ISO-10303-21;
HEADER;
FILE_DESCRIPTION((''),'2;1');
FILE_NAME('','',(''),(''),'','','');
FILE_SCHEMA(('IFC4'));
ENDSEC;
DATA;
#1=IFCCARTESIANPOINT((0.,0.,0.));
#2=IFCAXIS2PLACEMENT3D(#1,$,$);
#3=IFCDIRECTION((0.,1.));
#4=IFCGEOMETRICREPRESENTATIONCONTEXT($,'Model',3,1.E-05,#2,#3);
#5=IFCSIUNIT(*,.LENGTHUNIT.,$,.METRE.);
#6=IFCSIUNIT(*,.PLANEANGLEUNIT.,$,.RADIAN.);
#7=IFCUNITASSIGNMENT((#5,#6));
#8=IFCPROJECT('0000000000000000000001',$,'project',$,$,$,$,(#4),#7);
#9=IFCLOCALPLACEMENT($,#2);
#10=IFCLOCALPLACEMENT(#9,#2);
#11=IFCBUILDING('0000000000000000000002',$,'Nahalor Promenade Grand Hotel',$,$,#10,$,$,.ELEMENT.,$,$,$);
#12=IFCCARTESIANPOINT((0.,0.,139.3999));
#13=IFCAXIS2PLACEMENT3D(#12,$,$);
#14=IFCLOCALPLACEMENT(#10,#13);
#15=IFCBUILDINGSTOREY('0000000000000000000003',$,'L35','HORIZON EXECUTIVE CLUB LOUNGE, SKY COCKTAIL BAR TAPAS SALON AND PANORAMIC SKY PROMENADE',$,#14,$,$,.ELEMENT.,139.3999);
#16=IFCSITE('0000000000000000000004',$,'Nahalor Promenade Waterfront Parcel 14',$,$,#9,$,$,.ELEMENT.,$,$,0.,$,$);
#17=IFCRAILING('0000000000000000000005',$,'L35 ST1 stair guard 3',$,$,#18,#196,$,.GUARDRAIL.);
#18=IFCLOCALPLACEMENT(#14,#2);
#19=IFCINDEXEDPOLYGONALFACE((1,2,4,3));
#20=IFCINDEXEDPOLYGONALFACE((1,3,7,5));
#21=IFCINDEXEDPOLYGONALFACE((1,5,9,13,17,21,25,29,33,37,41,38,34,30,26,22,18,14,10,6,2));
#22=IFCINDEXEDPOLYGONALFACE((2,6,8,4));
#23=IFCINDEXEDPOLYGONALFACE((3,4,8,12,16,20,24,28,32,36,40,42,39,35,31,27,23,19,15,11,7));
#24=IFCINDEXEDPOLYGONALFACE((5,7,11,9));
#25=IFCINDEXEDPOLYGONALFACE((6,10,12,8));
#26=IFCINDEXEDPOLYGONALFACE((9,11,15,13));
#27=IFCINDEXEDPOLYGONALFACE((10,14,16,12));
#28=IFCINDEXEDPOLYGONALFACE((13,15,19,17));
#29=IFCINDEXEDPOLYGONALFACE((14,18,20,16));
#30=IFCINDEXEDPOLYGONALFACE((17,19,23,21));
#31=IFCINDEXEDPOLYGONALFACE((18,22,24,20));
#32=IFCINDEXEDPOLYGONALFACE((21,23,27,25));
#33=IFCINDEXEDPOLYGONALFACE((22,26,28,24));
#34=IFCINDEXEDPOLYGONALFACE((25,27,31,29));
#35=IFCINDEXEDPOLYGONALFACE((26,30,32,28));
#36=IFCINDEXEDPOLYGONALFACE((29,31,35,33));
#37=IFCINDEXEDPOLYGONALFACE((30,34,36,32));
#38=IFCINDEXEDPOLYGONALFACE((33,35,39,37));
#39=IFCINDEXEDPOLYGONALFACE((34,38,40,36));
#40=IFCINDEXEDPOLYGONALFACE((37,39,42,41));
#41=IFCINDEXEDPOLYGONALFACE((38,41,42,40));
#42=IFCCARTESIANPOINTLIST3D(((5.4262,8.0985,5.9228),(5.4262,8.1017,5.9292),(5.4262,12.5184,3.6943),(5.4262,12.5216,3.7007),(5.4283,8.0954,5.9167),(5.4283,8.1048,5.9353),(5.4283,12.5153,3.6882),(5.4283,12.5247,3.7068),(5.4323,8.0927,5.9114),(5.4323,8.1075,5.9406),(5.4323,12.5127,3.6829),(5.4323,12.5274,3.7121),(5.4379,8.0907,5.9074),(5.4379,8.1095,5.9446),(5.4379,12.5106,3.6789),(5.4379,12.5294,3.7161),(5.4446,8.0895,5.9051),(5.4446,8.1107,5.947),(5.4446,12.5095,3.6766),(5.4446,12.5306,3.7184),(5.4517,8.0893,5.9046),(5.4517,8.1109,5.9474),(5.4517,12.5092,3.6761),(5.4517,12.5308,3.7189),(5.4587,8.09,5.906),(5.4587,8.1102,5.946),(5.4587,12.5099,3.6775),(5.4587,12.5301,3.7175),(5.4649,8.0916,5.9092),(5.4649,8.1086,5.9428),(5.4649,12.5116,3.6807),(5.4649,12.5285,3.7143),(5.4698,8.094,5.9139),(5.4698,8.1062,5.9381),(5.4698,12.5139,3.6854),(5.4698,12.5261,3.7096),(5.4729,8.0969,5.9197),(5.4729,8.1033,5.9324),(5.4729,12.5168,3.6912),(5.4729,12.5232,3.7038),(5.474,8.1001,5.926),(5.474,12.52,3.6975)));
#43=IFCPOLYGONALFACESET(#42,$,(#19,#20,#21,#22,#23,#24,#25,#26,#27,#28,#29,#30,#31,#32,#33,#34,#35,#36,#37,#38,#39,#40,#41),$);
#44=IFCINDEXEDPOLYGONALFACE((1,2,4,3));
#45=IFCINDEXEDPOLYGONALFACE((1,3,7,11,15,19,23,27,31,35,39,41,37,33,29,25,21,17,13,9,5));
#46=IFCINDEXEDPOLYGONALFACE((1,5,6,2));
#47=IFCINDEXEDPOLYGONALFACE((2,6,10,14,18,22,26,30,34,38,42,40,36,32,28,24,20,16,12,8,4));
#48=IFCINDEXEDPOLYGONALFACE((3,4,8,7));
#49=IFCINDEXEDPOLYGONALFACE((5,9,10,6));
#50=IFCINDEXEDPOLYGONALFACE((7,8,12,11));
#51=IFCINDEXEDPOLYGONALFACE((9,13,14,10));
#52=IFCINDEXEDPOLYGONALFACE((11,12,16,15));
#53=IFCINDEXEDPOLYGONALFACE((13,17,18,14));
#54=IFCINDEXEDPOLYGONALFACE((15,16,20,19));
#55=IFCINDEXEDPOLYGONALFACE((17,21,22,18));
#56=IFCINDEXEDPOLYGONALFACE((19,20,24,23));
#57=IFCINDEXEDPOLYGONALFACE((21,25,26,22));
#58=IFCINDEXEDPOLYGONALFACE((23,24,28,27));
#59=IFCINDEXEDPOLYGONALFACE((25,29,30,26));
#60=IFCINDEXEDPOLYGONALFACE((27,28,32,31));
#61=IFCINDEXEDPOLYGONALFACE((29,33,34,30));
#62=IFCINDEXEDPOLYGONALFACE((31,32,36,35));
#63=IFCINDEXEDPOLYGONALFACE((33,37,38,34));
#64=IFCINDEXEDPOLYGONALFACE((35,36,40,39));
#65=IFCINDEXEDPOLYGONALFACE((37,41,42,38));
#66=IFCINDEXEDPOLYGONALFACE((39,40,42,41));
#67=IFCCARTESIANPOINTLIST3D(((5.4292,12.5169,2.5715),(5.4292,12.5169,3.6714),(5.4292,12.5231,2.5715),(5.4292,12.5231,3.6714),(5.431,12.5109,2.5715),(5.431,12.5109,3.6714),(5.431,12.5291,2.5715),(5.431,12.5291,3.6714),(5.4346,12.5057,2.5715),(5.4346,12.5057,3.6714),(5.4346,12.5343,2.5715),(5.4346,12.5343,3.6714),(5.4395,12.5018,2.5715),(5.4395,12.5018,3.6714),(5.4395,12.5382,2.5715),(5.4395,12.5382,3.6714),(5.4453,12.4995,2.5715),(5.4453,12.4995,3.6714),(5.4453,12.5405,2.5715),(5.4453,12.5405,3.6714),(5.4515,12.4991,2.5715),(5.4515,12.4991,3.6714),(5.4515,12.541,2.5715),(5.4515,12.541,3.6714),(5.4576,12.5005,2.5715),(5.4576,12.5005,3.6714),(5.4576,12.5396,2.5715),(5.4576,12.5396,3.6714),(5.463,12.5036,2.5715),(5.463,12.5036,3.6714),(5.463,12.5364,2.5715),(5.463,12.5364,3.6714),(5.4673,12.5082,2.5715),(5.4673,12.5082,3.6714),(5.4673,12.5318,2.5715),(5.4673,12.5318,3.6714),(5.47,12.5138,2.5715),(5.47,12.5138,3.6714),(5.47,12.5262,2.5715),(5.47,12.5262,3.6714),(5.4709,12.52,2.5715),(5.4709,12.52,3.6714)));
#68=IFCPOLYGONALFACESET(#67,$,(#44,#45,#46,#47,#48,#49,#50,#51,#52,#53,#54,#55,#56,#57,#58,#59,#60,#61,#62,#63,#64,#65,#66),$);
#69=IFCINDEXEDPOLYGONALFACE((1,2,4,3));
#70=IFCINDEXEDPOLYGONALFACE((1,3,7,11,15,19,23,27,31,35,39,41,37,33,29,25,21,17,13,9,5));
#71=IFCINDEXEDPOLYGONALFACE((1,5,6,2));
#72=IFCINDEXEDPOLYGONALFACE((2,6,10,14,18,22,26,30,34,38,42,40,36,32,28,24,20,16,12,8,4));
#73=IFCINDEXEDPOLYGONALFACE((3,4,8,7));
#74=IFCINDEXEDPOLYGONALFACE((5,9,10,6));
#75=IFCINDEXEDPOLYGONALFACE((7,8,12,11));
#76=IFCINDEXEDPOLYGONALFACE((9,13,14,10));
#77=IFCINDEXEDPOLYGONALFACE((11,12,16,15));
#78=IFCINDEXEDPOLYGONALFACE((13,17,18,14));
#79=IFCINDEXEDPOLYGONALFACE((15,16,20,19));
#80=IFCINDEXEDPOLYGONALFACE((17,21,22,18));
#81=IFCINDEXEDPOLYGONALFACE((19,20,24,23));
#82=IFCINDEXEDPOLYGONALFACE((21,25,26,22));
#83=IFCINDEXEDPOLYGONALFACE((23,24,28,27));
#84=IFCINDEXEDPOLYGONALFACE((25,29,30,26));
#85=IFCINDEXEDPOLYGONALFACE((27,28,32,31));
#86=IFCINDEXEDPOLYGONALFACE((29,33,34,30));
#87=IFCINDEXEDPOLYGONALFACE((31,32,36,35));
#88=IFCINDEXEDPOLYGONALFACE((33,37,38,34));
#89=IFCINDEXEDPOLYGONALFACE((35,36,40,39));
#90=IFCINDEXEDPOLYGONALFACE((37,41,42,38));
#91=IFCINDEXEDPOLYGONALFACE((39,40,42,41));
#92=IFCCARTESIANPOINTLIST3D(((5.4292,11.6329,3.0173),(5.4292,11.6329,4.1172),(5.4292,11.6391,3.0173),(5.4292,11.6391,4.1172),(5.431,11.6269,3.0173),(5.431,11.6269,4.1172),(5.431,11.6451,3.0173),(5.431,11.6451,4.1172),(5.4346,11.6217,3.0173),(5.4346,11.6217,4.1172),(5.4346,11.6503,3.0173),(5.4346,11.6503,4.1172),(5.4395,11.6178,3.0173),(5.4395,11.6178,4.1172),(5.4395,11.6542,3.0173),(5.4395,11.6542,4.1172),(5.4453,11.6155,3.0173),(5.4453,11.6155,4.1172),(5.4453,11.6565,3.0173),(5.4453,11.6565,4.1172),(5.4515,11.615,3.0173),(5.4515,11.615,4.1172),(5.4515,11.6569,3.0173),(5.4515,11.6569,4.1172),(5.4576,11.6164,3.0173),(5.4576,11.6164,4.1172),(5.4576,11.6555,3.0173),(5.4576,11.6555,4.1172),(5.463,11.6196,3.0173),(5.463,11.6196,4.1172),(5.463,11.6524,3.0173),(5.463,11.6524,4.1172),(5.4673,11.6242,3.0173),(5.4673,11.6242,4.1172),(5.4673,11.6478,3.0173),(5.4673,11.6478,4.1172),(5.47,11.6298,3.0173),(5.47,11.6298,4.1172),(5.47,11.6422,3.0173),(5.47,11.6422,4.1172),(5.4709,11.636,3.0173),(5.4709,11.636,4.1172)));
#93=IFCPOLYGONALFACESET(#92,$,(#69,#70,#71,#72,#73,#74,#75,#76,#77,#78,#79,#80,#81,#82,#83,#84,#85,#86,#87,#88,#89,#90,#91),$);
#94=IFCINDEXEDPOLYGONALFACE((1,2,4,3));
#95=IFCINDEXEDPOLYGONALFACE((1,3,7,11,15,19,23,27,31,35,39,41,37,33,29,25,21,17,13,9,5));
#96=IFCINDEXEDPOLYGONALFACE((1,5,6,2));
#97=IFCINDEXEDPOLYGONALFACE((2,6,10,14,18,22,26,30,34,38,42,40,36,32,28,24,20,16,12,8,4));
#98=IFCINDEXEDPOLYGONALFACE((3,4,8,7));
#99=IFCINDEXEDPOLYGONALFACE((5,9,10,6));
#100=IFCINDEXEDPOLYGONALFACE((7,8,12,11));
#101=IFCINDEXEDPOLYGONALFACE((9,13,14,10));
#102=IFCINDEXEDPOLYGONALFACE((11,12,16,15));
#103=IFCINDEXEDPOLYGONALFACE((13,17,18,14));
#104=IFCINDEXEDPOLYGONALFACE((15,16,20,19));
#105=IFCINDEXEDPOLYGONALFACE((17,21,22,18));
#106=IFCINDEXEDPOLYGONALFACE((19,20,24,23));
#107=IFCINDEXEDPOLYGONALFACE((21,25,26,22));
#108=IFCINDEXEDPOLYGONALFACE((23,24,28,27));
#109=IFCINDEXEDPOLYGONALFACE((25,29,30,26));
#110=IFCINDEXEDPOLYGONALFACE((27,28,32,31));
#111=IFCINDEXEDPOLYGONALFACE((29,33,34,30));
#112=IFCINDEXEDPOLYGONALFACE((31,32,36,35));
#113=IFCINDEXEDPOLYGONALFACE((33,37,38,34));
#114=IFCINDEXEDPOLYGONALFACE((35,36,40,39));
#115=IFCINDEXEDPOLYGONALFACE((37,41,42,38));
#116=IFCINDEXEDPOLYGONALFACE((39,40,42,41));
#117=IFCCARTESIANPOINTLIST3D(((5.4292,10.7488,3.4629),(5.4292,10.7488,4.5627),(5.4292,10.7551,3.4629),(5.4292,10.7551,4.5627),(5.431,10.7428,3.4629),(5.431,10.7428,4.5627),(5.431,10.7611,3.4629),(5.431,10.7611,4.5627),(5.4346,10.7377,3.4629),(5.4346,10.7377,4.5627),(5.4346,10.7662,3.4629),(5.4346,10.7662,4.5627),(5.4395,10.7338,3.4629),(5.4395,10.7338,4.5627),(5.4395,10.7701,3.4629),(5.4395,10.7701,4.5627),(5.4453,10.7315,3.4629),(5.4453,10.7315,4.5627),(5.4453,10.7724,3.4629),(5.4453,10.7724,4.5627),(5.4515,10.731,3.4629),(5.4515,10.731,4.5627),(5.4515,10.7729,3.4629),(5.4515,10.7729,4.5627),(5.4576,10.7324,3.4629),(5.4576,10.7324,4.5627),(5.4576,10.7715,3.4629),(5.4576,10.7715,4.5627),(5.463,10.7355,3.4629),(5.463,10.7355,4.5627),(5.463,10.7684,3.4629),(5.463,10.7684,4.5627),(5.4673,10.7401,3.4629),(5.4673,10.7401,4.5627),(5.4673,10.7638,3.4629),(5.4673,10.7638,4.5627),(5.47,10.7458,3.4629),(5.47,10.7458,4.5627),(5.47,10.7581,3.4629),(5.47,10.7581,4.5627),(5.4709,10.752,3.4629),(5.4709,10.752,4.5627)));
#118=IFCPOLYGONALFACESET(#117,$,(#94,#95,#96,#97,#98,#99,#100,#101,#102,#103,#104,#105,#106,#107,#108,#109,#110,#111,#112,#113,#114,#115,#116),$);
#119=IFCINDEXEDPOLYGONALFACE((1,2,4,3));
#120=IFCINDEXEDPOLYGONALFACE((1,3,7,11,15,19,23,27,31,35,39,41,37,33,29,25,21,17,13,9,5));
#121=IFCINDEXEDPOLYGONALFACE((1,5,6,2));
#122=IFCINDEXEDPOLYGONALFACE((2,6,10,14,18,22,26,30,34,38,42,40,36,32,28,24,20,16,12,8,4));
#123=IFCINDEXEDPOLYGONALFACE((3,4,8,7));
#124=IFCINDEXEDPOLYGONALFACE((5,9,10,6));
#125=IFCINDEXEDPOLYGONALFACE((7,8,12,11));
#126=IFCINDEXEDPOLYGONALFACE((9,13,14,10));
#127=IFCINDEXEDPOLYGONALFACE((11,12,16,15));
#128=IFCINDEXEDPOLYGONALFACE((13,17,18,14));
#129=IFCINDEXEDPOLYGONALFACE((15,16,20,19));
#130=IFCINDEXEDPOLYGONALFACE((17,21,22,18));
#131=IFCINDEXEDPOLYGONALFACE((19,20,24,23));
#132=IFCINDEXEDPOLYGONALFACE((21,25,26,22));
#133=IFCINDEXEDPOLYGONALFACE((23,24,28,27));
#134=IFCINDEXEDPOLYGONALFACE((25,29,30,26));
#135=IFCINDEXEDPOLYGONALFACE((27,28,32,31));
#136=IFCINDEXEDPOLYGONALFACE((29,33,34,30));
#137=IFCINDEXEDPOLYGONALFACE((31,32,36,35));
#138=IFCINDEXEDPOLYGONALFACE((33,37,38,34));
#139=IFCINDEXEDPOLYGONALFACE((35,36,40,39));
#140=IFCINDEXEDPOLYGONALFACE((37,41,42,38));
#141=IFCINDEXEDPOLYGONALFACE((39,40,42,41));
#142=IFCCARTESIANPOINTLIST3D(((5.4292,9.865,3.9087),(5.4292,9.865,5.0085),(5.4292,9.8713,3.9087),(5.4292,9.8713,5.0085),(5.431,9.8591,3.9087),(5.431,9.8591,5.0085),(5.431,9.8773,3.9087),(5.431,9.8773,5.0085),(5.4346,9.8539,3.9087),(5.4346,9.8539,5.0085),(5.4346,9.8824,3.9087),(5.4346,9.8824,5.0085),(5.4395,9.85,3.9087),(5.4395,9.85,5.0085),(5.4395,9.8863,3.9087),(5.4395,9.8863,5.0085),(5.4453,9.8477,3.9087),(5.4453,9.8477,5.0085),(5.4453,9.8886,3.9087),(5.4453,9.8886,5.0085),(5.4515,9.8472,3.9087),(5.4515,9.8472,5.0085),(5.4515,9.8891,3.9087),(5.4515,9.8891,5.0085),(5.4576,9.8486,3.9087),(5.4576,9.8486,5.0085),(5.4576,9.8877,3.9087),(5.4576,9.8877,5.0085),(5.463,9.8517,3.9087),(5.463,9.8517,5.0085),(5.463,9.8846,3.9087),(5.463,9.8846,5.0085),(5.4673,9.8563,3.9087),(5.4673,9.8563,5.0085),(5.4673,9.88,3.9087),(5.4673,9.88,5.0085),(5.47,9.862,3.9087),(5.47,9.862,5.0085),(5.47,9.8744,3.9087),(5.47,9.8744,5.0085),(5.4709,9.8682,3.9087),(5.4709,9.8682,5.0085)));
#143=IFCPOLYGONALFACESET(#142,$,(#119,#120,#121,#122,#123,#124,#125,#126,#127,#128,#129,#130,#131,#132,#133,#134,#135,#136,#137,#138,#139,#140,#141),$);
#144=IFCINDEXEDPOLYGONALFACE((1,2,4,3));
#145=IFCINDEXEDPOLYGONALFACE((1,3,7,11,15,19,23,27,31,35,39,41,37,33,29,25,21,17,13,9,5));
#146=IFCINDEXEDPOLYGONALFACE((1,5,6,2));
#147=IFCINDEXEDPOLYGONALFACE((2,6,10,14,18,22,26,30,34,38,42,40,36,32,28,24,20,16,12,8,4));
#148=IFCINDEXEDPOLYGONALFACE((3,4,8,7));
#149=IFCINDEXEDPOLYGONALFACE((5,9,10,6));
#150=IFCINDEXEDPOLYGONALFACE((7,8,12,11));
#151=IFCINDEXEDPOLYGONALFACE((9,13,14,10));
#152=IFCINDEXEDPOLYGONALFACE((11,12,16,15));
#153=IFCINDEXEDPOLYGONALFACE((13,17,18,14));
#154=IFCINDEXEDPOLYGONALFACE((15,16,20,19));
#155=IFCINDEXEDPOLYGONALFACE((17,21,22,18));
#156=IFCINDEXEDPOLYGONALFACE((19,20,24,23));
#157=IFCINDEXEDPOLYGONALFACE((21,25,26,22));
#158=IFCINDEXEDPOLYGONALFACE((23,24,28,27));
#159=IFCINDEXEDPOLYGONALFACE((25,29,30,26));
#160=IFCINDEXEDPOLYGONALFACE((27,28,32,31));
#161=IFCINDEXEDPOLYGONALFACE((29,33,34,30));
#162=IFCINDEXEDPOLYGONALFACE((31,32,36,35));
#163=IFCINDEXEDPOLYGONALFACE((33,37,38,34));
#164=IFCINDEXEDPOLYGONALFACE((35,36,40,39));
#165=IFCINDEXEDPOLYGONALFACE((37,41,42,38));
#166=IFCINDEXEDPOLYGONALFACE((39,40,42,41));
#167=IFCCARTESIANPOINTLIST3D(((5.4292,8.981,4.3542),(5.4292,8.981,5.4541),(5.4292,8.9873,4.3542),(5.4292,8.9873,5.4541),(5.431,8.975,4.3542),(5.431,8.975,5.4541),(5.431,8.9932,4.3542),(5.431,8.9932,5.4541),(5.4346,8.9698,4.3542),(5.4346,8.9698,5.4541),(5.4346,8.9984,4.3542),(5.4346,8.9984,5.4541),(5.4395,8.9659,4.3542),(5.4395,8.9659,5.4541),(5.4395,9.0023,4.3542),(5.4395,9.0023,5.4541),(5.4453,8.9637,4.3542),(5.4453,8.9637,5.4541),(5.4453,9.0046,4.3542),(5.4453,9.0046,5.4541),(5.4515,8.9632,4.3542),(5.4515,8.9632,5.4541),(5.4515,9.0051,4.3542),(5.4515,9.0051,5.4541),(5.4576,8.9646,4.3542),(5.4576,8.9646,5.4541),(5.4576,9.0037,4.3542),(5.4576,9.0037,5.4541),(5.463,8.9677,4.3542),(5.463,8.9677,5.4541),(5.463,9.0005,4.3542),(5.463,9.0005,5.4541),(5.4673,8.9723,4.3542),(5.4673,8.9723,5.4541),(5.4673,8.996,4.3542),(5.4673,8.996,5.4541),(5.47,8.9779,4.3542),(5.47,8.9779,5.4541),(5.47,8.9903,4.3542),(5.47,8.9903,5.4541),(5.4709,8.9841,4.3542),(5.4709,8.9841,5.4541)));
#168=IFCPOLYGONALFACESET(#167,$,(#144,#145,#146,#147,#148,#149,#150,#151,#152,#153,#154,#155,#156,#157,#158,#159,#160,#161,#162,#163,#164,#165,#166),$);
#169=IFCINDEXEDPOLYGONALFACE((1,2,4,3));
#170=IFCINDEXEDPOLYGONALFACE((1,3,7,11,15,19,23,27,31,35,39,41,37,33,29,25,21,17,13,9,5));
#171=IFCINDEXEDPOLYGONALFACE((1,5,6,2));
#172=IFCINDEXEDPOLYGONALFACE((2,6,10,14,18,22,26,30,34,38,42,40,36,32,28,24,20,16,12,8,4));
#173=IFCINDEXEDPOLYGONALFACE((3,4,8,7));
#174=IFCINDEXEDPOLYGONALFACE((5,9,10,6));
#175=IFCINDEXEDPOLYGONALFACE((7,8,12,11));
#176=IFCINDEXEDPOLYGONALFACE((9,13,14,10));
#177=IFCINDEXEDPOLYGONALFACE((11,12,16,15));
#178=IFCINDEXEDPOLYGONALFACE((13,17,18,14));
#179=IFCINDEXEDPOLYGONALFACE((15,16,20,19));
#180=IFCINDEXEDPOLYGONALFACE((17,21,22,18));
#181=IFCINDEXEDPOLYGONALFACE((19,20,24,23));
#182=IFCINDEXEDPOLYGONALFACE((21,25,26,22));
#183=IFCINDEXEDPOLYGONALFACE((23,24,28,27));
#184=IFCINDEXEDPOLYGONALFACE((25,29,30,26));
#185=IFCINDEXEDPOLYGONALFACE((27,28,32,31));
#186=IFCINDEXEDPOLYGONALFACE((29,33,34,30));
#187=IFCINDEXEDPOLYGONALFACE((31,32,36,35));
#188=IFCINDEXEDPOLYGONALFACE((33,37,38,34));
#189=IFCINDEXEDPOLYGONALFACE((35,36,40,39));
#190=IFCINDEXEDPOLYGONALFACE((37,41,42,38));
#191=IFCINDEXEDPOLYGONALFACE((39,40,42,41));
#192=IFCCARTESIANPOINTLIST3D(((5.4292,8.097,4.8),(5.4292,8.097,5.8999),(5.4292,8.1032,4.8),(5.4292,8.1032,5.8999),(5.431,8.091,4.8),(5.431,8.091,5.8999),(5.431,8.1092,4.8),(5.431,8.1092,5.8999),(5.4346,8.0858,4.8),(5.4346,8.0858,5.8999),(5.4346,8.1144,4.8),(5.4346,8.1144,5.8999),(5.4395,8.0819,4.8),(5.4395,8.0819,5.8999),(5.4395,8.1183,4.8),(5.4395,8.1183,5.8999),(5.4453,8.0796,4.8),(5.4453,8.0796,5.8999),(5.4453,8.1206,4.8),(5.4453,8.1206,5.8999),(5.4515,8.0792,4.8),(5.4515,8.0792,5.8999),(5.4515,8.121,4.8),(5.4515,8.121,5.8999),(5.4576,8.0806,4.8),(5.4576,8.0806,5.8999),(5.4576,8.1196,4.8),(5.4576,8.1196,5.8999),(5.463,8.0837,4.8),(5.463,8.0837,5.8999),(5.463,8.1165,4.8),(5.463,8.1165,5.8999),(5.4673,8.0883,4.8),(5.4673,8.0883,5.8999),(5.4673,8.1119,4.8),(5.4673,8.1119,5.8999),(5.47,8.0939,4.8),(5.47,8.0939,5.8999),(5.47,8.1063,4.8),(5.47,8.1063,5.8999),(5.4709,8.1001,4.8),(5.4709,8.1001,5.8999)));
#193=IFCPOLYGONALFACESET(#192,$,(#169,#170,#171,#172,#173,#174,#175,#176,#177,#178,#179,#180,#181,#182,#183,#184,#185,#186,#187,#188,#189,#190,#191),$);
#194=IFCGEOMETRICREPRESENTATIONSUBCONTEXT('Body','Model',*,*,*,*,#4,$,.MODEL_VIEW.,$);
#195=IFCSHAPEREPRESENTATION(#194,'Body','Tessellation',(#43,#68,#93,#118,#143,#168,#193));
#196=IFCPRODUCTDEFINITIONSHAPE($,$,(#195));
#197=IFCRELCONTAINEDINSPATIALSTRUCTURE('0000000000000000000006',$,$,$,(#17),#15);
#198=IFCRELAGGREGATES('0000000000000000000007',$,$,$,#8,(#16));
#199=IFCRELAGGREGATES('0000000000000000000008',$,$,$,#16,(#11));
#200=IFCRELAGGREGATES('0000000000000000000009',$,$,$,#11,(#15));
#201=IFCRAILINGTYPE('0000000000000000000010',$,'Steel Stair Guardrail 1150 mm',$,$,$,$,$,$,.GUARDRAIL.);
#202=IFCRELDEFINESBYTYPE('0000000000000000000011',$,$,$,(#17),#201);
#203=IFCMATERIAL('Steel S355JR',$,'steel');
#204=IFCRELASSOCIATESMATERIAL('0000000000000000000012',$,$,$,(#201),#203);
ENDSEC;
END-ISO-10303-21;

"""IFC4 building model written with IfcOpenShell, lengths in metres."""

from ifc_helpers import new_model, si_unit, direction, frame, origin, origin_2d, place, context, subcontext, project, spatial, circle, extrude, material, type_object, element, save


model = new_model("IFC4")

# Units and contexts
model_context = context("Model", 3, precision=1e-05, world=origin(), true_north=direction((0.0, 1.0)))
body_context = subcontext(model_context, "Body", "Model", "MODEL_VIEW")
ifc_project = project(units=[si_unit("LENGTHUNIT", "METRE"), si_unit("PLANEANGLEUNIT", "RADIAN")], contexts=[model_context])

# Site, building, storey
site_placement = place(None, origin())
site = spatial("IfcSite", under=ifc_project, at=site_placement, Name="Nahalor Promenade Waterfront Parcel 14", CompositionType="ELEMENT", RefElevation=0.0)
building_placement = place(site_placement, origin())
building = spatial("IfcBuilding", under=site, at=building_placement, Name="Nahalor Promenade Grand Hotel", CompositionType="ELEMENT")
storey_placement = place(building_placement, frame((0.0, 0.0, 139.3999)))
storey = spatial("IfcBuildingStorey", under=building, at=storey_placement, Name="L35", Description="HORIZON EXECUTIVE CLUB LOUNGE, SKY COCKTAIL BAR TAPAS SALON AND PANORAMIC SKY PROMENADE", CompositionType="ELEMENT", Elevation=139.3999)

# Shared definitions
ifc_material_1 = material(Name="Steel S355JR", Category="steel")

# Railing
railing_type_1 = type_object("IfcRailingType", Name="Steel Stair Guardrail 1150 mm", PredefinedType="GUARDRAIL", material=ifc_material_1)
railing_1_placement = place(storey_placement, frame((5.45, 12.52, 2.5715)))
element("IfcRailing", 1, at=railing_1_placement, inside=storey, type_object=railing_type_1, Name="L35 ST1 stair guard 3", PredefinedType="GUARDRAIL", context=body_context, shape_type="SweptSolid", body=[
    extrude(circle(Radius=0.024, at=origin_2d()), frame((0.0, 0.0, 1.126), z_axis=(0.0, -0.892923, 0.45021), x_axis=(1.0, 0.0, 0.0)), (0.0, 0.0, 1.0), 4.95),
    extrude(circle(Radius=0.021, at=origin_2d()), origin(), (0.0, 0.0, 1.0), 1.0999),
    extrude(circle(Radius=0.021, at=origin_2d()), frame((0.0, -0.884, 0.4458)), (0.0, 0.0, 1.0), 1.0999),
    extrude(circle(Radius=0.021, at=origin_2d()), frame((0.0, -1.7681, 0.8914)), (0.0, 0.0, 1.0), 1.0999),
    extrude(circle(Radius=0.021, at=origin_2d()), frame((0.0, -2.6519, 1.3372)), (0.0, 0.0, 1.0), 1.0999),
    extrude(circle(Radius=0.021, at=origin_2d()), frame((0.0, -3.5359, 1.7827)), (0.0, 0.0, 1.0), 1.0999),
    extrude(circle(Radius=0.021, at=origin_2d()), frame((0.0, -4.4199, 2.2285)), (0.0, 0.0, 1.0), 1.0999),
])

save(model, "model.ifc")
